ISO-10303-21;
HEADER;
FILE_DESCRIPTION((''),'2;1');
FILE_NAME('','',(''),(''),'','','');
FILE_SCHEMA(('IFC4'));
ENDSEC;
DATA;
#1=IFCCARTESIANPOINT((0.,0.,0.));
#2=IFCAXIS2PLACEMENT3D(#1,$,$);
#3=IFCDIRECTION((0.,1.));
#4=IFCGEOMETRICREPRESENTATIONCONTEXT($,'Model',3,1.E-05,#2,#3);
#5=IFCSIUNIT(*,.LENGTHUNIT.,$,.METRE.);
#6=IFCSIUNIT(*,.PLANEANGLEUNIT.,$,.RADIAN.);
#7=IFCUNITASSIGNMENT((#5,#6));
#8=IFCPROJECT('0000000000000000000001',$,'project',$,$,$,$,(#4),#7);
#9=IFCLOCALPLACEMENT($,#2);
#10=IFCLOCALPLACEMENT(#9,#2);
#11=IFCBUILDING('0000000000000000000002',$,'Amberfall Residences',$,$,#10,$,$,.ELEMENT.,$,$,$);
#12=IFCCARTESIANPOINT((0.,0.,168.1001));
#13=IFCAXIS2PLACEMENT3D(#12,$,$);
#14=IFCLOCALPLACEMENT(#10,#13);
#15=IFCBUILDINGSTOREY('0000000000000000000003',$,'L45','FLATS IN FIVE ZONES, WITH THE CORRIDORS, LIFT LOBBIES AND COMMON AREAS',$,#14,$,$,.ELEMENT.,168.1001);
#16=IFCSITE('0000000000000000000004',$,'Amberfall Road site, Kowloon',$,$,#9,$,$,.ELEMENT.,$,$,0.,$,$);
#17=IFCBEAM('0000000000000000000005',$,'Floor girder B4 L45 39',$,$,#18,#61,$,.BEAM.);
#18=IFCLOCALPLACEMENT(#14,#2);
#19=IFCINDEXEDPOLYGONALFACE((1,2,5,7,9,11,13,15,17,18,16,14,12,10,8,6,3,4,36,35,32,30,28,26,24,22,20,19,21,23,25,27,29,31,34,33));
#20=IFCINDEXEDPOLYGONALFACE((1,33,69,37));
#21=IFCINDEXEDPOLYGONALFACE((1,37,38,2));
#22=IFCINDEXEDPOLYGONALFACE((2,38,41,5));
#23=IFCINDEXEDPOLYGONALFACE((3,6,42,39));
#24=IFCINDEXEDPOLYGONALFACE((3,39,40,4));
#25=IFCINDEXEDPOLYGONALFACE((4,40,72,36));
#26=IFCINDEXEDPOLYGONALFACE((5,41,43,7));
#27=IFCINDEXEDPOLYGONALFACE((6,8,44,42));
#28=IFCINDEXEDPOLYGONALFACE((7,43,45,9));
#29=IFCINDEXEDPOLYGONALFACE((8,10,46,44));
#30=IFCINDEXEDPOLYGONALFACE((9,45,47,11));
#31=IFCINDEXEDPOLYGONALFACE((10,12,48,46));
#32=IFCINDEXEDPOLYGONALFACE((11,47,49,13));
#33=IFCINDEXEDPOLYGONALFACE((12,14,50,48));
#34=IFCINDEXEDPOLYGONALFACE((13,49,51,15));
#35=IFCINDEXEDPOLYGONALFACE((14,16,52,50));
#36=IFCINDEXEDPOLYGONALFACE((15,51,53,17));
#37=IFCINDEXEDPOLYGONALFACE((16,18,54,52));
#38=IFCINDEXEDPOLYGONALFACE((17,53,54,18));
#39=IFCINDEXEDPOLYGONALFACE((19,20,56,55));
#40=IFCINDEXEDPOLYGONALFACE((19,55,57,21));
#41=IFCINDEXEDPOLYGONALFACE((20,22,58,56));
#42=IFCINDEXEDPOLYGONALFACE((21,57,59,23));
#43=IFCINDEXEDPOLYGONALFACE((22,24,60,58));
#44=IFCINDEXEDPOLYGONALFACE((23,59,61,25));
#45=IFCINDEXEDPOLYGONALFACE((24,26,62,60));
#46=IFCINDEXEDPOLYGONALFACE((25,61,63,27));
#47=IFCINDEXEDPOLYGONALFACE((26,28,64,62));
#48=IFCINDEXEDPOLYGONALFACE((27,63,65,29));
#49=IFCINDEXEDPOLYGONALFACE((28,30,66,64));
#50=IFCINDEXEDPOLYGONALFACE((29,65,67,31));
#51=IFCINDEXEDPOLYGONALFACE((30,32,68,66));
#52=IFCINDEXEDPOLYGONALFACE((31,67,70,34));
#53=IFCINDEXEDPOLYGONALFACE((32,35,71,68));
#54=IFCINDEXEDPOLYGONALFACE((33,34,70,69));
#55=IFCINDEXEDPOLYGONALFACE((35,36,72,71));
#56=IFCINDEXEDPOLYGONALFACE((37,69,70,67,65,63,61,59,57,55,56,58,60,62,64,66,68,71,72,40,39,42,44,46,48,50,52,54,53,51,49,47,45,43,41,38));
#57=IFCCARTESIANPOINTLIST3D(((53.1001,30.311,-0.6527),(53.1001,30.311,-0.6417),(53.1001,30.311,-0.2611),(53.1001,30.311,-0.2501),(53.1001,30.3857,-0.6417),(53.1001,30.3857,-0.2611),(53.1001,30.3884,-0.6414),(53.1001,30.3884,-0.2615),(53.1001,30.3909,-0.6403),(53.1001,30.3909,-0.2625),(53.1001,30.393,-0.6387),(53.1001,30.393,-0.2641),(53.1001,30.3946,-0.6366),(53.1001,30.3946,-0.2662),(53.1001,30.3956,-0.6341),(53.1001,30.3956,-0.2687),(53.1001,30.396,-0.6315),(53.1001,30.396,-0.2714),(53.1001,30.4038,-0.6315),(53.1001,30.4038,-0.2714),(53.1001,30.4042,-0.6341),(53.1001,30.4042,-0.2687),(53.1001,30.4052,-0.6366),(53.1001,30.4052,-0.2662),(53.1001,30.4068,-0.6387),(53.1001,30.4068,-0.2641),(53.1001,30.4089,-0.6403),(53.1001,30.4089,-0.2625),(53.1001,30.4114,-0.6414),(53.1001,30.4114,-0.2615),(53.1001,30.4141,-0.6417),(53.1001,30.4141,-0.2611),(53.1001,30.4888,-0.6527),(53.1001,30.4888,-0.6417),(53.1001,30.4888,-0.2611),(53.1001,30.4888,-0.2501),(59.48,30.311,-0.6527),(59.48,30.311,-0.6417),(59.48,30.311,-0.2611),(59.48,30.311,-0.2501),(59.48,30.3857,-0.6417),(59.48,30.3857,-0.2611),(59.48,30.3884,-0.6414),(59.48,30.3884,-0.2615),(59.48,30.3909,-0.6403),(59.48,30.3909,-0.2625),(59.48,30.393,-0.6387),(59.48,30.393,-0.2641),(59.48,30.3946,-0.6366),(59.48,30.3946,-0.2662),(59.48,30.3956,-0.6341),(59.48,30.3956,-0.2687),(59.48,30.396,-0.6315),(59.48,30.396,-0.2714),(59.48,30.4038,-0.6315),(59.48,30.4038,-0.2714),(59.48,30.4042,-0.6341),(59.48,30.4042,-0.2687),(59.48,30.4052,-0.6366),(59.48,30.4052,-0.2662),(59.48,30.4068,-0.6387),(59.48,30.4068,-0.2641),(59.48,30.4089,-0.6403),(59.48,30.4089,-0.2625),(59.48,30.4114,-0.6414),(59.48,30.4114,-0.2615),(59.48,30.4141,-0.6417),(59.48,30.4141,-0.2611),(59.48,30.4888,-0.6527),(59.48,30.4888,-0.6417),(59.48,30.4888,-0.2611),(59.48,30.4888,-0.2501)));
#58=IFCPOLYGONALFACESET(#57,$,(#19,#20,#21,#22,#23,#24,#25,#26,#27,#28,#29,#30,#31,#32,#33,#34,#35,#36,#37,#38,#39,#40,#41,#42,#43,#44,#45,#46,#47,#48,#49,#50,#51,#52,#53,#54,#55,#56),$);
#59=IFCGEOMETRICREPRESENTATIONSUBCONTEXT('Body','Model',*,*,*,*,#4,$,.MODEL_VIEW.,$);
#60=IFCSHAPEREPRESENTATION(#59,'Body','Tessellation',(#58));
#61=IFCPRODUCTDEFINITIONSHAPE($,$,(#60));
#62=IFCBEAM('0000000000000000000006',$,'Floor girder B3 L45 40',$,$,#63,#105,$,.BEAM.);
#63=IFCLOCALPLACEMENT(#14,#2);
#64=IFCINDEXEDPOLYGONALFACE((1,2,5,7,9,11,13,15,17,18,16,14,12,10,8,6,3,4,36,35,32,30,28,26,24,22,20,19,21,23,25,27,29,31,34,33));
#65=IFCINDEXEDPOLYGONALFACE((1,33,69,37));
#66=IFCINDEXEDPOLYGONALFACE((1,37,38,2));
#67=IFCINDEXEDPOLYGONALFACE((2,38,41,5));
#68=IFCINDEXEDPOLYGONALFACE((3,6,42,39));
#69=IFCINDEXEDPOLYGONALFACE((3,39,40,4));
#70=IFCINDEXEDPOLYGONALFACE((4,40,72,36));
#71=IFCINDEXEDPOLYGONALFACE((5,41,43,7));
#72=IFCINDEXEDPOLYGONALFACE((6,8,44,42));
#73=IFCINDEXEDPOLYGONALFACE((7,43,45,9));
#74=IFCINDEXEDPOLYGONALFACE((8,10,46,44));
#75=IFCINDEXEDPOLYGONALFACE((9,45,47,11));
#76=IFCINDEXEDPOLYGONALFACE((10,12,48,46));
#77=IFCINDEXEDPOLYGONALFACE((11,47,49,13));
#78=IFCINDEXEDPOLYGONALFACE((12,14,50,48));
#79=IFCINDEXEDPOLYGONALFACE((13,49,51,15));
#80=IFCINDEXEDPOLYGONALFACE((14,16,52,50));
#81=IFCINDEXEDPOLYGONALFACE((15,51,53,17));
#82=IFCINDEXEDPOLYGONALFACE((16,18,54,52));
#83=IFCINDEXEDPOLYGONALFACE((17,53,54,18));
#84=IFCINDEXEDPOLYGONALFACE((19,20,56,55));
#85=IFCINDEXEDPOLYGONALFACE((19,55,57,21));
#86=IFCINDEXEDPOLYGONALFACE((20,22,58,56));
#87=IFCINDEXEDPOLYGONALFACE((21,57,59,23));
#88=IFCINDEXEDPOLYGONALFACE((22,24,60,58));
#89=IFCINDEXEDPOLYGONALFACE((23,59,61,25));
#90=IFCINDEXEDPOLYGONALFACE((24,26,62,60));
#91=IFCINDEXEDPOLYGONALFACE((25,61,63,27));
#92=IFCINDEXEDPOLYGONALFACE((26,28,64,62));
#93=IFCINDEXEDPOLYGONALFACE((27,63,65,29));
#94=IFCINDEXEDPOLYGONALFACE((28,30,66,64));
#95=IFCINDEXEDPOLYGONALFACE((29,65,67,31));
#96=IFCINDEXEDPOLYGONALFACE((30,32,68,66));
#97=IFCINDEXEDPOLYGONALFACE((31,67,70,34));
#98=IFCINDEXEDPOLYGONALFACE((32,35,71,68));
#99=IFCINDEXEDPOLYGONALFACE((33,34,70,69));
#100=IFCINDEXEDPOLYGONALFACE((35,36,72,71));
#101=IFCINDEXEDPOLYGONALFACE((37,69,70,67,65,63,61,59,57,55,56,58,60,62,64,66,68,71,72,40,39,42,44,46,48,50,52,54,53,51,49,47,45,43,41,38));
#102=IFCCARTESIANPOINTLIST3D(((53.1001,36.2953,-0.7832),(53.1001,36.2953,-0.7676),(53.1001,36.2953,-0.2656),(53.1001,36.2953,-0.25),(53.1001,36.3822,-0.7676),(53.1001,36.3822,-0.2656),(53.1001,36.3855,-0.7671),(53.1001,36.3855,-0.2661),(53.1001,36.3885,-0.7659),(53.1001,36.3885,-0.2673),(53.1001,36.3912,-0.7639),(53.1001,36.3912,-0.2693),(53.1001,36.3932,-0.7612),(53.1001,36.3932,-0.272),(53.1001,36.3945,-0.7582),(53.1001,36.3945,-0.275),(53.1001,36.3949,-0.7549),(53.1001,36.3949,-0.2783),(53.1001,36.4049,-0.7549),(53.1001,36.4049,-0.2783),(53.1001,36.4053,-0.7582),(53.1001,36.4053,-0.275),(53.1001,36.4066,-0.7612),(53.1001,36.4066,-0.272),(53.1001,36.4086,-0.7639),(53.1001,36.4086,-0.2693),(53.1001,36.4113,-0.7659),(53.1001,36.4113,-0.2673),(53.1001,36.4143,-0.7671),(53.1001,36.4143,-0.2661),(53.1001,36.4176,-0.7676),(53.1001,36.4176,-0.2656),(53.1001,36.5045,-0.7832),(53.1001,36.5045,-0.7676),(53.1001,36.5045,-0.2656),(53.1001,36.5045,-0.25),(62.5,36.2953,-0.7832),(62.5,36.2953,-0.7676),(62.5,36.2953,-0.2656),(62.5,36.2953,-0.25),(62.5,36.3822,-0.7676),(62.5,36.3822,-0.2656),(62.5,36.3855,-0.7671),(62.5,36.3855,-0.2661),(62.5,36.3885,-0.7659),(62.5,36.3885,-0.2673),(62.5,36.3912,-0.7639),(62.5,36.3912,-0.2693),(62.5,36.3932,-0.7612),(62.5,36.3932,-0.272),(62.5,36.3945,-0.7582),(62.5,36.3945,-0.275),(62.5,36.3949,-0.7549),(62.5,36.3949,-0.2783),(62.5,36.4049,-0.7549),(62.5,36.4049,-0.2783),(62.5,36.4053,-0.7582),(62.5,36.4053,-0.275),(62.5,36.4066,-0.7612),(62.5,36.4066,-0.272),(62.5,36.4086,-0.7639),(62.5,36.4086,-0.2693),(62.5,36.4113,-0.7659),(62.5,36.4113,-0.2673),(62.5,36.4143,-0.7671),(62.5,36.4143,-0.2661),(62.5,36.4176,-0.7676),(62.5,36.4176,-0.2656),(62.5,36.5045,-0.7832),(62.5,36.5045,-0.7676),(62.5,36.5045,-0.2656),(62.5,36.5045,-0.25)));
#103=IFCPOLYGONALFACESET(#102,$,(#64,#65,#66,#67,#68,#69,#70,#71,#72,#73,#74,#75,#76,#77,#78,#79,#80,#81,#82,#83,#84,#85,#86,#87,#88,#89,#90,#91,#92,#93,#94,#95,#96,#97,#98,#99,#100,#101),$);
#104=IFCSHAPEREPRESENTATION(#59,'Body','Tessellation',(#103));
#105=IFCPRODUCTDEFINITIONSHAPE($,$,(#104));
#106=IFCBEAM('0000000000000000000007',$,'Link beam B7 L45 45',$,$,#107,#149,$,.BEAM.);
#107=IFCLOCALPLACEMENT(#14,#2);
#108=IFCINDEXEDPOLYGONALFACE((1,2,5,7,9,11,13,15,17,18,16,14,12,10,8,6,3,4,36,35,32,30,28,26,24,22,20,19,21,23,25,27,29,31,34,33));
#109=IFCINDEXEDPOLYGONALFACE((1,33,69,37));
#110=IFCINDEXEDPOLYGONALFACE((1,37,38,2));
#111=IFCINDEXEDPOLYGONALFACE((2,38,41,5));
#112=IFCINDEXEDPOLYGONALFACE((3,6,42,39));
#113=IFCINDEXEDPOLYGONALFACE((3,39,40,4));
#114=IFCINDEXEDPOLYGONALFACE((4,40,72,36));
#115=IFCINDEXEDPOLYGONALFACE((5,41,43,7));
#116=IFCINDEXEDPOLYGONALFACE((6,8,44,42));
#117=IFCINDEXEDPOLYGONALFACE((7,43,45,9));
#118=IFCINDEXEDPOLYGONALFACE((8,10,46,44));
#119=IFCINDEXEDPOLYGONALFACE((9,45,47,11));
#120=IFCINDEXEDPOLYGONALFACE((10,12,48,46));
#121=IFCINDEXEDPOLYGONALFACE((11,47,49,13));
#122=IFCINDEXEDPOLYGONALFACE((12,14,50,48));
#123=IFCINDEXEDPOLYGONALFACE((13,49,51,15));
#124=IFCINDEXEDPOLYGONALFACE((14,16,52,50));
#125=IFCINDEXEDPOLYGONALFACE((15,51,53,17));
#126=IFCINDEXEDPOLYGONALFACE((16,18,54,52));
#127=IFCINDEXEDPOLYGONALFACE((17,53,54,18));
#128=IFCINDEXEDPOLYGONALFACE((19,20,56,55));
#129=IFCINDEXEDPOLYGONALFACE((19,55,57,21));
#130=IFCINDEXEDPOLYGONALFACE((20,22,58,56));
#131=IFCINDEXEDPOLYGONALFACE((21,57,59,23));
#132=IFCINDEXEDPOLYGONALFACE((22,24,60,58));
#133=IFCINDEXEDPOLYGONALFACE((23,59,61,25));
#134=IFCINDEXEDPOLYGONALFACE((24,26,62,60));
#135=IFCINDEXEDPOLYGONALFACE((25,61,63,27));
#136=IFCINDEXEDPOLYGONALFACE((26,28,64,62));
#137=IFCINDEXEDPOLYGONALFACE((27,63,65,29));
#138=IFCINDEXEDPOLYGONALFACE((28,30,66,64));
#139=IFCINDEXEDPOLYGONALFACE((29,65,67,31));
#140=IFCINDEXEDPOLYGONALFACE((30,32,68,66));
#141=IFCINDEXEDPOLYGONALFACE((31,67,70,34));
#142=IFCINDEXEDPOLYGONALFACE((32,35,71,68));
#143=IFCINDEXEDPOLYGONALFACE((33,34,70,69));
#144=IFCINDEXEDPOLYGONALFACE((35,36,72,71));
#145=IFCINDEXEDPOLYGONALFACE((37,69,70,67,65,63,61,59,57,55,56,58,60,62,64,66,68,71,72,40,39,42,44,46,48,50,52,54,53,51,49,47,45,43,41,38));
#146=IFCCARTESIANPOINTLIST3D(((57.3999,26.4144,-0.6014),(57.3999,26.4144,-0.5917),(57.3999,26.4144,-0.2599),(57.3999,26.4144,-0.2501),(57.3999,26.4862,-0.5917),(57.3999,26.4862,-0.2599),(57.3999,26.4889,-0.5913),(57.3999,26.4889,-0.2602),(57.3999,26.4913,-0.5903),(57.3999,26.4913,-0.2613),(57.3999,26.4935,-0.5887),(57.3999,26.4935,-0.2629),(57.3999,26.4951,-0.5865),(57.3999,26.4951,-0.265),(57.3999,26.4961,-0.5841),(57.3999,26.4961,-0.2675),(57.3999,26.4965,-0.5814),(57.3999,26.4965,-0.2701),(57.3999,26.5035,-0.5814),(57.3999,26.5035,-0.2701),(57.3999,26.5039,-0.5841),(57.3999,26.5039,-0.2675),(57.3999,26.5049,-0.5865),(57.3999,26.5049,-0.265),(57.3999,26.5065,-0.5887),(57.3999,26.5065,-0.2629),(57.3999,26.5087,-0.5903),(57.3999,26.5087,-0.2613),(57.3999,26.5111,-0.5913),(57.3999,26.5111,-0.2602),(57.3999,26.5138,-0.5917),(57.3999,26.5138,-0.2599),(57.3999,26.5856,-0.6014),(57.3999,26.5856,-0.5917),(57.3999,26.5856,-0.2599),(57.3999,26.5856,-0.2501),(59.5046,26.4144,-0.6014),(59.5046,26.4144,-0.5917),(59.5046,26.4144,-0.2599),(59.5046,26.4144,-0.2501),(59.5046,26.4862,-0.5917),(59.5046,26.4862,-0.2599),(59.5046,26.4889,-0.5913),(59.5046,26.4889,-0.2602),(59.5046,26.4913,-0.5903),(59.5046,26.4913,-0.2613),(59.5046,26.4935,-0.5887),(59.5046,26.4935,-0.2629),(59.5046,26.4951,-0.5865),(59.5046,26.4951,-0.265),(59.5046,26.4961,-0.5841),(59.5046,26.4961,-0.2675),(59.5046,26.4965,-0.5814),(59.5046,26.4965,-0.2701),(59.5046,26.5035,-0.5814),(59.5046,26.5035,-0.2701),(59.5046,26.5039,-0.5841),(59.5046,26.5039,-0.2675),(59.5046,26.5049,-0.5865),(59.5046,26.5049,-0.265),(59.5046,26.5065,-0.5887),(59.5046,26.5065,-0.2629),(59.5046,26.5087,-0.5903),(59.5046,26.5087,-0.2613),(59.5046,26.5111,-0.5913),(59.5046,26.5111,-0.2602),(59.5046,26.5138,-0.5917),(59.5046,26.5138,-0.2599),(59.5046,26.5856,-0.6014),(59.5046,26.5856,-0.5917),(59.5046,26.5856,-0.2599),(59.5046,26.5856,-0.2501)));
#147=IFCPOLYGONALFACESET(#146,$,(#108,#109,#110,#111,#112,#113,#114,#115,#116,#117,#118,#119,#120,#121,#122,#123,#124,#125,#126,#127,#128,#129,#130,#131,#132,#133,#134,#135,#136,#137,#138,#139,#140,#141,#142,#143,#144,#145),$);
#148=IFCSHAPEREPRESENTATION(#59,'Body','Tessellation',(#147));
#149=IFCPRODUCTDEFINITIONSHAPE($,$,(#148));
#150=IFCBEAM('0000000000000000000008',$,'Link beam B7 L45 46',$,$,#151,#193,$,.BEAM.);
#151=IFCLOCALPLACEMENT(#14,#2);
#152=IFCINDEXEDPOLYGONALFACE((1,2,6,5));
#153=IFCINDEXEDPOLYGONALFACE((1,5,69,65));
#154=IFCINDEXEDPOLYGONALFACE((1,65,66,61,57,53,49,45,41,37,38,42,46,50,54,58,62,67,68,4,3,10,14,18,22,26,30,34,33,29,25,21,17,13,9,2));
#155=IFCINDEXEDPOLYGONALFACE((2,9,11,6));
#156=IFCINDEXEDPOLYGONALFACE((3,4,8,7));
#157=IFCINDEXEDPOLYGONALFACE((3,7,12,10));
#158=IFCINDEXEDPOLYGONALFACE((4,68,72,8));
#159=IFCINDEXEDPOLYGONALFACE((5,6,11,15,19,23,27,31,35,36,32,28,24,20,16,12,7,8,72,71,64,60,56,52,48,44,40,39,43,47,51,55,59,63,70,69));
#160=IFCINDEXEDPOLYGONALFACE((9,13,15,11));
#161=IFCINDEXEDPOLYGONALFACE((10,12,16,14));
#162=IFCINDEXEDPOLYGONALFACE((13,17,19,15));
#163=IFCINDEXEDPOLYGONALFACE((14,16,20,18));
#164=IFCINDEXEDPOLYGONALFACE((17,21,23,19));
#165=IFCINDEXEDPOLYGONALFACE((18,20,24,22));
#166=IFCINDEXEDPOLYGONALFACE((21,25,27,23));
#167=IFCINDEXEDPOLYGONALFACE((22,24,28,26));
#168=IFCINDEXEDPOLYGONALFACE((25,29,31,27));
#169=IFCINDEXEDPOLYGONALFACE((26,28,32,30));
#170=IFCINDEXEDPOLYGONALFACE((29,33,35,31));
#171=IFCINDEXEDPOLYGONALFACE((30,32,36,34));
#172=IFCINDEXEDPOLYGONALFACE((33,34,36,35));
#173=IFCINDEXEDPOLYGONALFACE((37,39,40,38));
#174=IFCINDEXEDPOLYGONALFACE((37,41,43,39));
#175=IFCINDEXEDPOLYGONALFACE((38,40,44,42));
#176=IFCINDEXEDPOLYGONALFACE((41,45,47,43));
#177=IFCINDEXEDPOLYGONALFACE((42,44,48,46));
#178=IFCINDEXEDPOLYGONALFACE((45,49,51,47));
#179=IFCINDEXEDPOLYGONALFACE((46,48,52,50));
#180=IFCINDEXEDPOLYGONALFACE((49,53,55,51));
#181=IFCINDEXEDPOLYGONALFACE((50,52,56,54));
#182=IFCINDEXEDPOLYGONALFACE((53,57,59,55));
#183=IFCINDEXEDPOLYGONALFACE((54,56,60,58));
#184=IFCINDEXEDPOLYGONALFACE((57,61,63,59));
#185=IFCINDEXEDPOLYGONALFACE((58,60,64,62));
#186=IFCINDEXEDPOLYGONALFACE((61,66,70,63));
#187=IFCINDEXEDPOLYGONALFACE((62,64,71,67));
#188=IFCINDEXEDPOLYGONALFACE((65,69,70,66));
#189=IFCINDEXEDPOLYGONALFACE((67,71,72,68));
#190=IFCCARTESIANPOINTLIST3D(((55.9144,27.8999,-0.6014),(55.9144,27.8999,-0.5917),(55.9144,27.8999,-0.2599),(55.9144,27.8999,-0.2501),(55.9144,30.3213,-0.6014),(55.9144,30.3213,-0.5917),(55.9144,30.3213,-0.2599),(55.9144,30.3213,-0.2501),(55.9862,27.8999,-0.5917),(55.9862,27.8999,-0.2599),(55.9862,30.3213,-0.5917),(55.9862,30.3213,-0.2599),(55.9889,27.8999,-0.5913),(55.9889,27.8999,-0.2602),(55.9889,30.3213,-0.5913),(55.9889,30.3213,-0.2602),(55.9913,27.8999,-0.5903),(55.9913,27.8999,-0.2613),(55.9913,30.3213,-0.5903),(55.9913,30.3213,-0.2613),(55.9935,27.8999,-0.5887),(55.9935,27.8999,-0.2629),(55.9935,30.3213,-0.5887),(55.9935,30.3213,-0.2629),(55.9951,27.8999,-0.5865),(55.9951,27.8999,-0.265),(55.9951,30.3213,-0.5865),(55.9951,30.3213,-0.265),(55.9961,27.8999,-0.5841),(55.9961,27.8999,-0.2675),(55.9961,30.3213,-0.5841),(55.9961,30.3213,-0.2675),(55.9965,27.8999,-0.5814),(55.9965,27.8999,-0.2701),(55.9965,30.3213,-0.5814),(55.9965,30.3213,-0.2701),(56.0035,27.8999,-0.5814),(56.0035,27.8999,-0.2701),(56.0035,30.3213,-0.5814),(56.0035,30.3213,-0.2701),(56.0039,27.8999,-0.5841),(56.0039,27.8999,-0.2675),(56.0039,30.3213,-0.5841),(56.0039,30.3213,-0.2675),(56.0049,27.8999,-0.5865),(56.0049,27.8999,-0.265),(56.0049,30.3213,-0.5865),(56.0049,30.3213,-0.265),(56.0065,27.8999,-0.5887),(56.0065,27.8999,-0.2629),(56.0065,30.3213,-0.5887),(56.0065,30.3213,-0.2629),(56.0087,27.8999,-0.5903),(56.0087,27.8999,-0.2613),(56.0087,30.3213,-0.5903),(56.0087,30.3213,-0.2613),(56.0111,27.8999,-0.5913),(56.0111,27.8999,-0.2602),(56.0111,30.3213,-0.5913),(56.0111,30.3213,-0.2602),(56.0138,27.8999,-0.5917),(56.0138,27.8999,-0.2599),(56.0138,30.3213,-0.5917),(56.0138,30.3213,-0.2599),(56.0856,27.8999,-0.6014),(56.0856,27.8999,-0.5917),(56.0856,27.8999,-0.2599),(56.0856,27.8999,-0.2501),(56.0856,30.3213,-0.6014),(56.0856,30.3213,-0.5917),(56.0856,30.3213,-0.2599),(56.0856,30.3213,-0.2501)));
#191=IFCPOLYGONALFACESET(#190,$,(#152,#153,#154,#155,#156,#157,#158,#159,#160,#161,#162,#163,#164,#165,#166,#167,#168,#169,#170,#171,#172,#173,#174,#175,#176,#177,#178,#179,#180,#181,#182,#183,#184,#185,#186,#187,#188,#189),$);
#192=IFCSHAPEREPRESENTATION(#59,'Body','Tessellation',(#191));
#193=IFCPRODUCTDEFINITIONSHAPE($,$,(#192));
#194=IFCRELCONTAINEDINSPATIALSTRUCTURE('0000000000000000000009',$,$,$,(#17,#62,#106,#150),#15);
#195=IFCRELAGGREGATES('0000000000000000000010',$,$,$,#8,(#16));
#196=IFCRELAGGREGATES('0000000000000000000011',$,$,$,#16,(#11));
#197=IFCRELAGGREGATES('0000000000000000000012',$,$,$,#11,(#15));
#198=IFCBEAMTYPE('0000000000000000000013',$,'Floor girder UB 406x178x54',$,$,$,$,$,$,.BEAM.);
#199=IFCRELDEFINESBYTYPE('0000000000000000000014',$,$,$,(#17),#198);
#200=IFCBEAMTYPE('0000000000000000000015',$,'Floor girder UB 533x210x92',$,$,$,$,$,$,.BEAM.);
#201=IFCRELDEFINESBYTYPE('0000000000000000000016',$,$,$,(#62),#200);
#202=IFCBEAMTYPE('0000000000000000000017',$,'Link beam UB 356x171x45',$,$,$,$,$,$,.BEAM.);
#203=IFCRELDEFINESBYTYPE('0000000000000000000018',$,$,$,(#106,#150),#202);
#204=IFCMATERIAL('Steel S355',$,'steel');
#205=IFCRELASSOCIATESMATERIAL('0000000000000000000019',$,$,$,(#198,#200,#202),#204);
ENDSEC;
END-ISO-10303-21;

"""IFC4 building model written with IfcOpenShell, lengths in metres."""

from ifc_helpers import new_model, si_unit, direction, frame, origin, origin_2d, place, context, subcontext, project, spatial, i_section, extrude, material, material_profile, profile_set, type_object, element, save


model = new_model("IFC4")

# Units and contexts
model_context = context("Model", 3, precision=1e-05, world=origin(), true_north=direction((0.0, 1.0)))
body_context = subcontext(model_context, "Body", "Model", "MODEL_VIEW")
ifc_project = project(units=[si_unit("LENGTHUNIT", "METRE"), si_unit("PLANEANGLEUNIT", "RADIAN")], contexts=[model_context])

# Site, building, storey
site_placement = place(None, origin())
site = spatial("IfcSite", under=ifc_project, at=site_placement, Name="Amberfall Road site, Kowloon", CompositionType="ELEMENT", RefElevation=0.0)
building_placement = place(site_placement, origin())
building = spatial("IfcBuilding", under=site, at=building_placement, Name="Amberfall Residences", CompositionType="ELEMENT")
storey_placement = place(building_placement, frame((0.0, 0.0, 168.1001)))
storey = spatial("IfcBuildingStorey", under=building, at=storey_placement, Name="L45", Description="FLATS IN FIVE ZONES, WITH THE CORRIDORS, LIFT LOBBIES AND COMMON AREAS", CompositionType="ELEMENT", Elevation=168.1001)

# Beams
ifc_material_1 = material(Name="Steel S355", Category="steel")
ifc_material_profile_1 = material_profile(ifc_material_1, i_section(OverallWidth=0.1777, OverallDepth=0.4026, WebThickness=0.0078, FlangeThickness=0.011, FilletRadius=0.0103, at=origin_2d()), Name="UB 406x178x54")
ifc_profile_set_1 = profile_set([ifc_material_profile_1], Name="Steel S355")
beam_type_1 = type_object("IfcBeamType", Name="Floor girder UB 406x178x54", PredefinedType="BEAM", material=ifc_profile_set_1)
beam_1_placement = place(storey_placement, frame((53.1001, 30.3999, -0.4514), z_axis=(1.0, 0.0, 0.0), x_axis=(0.0, 1.0, 0.0)))
element("IfcBeam", 1, at=beam_1_placement, inside=storey, type_object=beam_type_1, Name="Floor girder B4 L45 39", PredefinedType="BEAM", context=body_context, shape_type="SweptSolid", body=[
    extrude(i_section(OverallWidth=0.1777, OverallDepth=0.4026, WebThickness=0.0078, FlangeThickness=0.011, FilletRadius=0.0103, at=origin_2d()), origin(), (0.0, 0.0, 1.0), 6.3799),
])
ifc_material_profile_2 = material_profile(ifc_material_1, i_section(OverallWidth=0.2092, OverallDepth=0.5332, WebThickness=0.01, FlangeThickness=0.0156, FilletRadius=0.0127, at=origin_2d()), Name="UB 533x210x92")
ifc_profile_set_2 = profile_set([ifc_material_profile_2], Name="Steel S355")
beam_type_2 = type_object("IfcBeamType", Name="Floor girder UB 533x210x92", PredefinedType="BEAM", material=ifc_profile_set_2)
beam_2_placement = place(storey_placement, frame((53.1001, 36.3999, -0.5166), z_axis=(1.0, 0.0, 0.0), x_axis=(0.0, 1.0, 0.0)))
element("IfcBeam", 2, at=beam_2_placement, inside=storey, type_object=beam_type_2, Name="Floor girder B3 L45 40", PredefinedType="BEAM", context=body_context, shape_type="SweptSolid", body=[
    extrude(i_section(OverallWidth=0.2092, OverallDepth=0.5332, WebThickness=0.01, FlangeThickness=0.0156, FilletRadius=0.0127, at=origin_2d()), origin(), (0.0, 0.0, 1.0), 9.3999),
])
ifc_material_profile_3 = material_profile(ifc_material_1, i_section(OverallWidth=0.1711, OverallDepth=0.3513, WebThickness=0.0071, FlangeThickness=0.0098, FilletRadius=0.0103, at=origin_2d()), Name="UB 356x171x45")
ifc_profile_set_3 = profile_set([ifc_material_profile_3], Name="Steel S355")
beam_type_3 = type_object("IfcBeamType", Name="Link beam UB 356x171x45", PredefinedType="BEAM", material=ifc_profile_set_3)
beam_3_placement = place(storey_placement, frame((57.3999, 26.5, -0.4258), z_axis=(1.0, 0.0, 0.0), x_axis=(0.0, 1.0, 0.0)))
element("IfcBeam", 3, at=beam_3_placement, inside=storey, type_object=beam_type_3, Name="Link beam B7 L45 45", PredefinedType="BEAM", context=body_context, shape_type="SweptSolid", body=[
    extrude(i_section(OverallWidth=0.1711, OverallDepth=0.3513, WebThickness=0.0071, FlangeThickness=0.0098, FilletRadius=0.0103, at=origin_2d()), origin(), (0.0, 0.0, 1.0), 2.1047),
])
beam_4_placement = place(storey_placement, frame((56.0, 27.8999, -0.4258), z_axis=(0.0, 1.0, 0.0), x_axis=(-1.0, 0.0, 0.0)))
element("IfcBeam", 4, at=beam_4_placement, inside=storey, type_object=beam_type_3, Name="Link beam B7 L45 46", PredefinedType="BEAM", context=body_context, shape_type="SweptSolid", body=[
    extrude(i_section(OverallWidth=0.1711, OverallDepth=0.3513, WebThickness=0.0071, FlangeThickness=0.0098, FilletRadius=0.0103, at=origin_2d()), origin(), (0.0, 0.0, 1.0), 2.4214),
])

save(model, "model.ifc")
